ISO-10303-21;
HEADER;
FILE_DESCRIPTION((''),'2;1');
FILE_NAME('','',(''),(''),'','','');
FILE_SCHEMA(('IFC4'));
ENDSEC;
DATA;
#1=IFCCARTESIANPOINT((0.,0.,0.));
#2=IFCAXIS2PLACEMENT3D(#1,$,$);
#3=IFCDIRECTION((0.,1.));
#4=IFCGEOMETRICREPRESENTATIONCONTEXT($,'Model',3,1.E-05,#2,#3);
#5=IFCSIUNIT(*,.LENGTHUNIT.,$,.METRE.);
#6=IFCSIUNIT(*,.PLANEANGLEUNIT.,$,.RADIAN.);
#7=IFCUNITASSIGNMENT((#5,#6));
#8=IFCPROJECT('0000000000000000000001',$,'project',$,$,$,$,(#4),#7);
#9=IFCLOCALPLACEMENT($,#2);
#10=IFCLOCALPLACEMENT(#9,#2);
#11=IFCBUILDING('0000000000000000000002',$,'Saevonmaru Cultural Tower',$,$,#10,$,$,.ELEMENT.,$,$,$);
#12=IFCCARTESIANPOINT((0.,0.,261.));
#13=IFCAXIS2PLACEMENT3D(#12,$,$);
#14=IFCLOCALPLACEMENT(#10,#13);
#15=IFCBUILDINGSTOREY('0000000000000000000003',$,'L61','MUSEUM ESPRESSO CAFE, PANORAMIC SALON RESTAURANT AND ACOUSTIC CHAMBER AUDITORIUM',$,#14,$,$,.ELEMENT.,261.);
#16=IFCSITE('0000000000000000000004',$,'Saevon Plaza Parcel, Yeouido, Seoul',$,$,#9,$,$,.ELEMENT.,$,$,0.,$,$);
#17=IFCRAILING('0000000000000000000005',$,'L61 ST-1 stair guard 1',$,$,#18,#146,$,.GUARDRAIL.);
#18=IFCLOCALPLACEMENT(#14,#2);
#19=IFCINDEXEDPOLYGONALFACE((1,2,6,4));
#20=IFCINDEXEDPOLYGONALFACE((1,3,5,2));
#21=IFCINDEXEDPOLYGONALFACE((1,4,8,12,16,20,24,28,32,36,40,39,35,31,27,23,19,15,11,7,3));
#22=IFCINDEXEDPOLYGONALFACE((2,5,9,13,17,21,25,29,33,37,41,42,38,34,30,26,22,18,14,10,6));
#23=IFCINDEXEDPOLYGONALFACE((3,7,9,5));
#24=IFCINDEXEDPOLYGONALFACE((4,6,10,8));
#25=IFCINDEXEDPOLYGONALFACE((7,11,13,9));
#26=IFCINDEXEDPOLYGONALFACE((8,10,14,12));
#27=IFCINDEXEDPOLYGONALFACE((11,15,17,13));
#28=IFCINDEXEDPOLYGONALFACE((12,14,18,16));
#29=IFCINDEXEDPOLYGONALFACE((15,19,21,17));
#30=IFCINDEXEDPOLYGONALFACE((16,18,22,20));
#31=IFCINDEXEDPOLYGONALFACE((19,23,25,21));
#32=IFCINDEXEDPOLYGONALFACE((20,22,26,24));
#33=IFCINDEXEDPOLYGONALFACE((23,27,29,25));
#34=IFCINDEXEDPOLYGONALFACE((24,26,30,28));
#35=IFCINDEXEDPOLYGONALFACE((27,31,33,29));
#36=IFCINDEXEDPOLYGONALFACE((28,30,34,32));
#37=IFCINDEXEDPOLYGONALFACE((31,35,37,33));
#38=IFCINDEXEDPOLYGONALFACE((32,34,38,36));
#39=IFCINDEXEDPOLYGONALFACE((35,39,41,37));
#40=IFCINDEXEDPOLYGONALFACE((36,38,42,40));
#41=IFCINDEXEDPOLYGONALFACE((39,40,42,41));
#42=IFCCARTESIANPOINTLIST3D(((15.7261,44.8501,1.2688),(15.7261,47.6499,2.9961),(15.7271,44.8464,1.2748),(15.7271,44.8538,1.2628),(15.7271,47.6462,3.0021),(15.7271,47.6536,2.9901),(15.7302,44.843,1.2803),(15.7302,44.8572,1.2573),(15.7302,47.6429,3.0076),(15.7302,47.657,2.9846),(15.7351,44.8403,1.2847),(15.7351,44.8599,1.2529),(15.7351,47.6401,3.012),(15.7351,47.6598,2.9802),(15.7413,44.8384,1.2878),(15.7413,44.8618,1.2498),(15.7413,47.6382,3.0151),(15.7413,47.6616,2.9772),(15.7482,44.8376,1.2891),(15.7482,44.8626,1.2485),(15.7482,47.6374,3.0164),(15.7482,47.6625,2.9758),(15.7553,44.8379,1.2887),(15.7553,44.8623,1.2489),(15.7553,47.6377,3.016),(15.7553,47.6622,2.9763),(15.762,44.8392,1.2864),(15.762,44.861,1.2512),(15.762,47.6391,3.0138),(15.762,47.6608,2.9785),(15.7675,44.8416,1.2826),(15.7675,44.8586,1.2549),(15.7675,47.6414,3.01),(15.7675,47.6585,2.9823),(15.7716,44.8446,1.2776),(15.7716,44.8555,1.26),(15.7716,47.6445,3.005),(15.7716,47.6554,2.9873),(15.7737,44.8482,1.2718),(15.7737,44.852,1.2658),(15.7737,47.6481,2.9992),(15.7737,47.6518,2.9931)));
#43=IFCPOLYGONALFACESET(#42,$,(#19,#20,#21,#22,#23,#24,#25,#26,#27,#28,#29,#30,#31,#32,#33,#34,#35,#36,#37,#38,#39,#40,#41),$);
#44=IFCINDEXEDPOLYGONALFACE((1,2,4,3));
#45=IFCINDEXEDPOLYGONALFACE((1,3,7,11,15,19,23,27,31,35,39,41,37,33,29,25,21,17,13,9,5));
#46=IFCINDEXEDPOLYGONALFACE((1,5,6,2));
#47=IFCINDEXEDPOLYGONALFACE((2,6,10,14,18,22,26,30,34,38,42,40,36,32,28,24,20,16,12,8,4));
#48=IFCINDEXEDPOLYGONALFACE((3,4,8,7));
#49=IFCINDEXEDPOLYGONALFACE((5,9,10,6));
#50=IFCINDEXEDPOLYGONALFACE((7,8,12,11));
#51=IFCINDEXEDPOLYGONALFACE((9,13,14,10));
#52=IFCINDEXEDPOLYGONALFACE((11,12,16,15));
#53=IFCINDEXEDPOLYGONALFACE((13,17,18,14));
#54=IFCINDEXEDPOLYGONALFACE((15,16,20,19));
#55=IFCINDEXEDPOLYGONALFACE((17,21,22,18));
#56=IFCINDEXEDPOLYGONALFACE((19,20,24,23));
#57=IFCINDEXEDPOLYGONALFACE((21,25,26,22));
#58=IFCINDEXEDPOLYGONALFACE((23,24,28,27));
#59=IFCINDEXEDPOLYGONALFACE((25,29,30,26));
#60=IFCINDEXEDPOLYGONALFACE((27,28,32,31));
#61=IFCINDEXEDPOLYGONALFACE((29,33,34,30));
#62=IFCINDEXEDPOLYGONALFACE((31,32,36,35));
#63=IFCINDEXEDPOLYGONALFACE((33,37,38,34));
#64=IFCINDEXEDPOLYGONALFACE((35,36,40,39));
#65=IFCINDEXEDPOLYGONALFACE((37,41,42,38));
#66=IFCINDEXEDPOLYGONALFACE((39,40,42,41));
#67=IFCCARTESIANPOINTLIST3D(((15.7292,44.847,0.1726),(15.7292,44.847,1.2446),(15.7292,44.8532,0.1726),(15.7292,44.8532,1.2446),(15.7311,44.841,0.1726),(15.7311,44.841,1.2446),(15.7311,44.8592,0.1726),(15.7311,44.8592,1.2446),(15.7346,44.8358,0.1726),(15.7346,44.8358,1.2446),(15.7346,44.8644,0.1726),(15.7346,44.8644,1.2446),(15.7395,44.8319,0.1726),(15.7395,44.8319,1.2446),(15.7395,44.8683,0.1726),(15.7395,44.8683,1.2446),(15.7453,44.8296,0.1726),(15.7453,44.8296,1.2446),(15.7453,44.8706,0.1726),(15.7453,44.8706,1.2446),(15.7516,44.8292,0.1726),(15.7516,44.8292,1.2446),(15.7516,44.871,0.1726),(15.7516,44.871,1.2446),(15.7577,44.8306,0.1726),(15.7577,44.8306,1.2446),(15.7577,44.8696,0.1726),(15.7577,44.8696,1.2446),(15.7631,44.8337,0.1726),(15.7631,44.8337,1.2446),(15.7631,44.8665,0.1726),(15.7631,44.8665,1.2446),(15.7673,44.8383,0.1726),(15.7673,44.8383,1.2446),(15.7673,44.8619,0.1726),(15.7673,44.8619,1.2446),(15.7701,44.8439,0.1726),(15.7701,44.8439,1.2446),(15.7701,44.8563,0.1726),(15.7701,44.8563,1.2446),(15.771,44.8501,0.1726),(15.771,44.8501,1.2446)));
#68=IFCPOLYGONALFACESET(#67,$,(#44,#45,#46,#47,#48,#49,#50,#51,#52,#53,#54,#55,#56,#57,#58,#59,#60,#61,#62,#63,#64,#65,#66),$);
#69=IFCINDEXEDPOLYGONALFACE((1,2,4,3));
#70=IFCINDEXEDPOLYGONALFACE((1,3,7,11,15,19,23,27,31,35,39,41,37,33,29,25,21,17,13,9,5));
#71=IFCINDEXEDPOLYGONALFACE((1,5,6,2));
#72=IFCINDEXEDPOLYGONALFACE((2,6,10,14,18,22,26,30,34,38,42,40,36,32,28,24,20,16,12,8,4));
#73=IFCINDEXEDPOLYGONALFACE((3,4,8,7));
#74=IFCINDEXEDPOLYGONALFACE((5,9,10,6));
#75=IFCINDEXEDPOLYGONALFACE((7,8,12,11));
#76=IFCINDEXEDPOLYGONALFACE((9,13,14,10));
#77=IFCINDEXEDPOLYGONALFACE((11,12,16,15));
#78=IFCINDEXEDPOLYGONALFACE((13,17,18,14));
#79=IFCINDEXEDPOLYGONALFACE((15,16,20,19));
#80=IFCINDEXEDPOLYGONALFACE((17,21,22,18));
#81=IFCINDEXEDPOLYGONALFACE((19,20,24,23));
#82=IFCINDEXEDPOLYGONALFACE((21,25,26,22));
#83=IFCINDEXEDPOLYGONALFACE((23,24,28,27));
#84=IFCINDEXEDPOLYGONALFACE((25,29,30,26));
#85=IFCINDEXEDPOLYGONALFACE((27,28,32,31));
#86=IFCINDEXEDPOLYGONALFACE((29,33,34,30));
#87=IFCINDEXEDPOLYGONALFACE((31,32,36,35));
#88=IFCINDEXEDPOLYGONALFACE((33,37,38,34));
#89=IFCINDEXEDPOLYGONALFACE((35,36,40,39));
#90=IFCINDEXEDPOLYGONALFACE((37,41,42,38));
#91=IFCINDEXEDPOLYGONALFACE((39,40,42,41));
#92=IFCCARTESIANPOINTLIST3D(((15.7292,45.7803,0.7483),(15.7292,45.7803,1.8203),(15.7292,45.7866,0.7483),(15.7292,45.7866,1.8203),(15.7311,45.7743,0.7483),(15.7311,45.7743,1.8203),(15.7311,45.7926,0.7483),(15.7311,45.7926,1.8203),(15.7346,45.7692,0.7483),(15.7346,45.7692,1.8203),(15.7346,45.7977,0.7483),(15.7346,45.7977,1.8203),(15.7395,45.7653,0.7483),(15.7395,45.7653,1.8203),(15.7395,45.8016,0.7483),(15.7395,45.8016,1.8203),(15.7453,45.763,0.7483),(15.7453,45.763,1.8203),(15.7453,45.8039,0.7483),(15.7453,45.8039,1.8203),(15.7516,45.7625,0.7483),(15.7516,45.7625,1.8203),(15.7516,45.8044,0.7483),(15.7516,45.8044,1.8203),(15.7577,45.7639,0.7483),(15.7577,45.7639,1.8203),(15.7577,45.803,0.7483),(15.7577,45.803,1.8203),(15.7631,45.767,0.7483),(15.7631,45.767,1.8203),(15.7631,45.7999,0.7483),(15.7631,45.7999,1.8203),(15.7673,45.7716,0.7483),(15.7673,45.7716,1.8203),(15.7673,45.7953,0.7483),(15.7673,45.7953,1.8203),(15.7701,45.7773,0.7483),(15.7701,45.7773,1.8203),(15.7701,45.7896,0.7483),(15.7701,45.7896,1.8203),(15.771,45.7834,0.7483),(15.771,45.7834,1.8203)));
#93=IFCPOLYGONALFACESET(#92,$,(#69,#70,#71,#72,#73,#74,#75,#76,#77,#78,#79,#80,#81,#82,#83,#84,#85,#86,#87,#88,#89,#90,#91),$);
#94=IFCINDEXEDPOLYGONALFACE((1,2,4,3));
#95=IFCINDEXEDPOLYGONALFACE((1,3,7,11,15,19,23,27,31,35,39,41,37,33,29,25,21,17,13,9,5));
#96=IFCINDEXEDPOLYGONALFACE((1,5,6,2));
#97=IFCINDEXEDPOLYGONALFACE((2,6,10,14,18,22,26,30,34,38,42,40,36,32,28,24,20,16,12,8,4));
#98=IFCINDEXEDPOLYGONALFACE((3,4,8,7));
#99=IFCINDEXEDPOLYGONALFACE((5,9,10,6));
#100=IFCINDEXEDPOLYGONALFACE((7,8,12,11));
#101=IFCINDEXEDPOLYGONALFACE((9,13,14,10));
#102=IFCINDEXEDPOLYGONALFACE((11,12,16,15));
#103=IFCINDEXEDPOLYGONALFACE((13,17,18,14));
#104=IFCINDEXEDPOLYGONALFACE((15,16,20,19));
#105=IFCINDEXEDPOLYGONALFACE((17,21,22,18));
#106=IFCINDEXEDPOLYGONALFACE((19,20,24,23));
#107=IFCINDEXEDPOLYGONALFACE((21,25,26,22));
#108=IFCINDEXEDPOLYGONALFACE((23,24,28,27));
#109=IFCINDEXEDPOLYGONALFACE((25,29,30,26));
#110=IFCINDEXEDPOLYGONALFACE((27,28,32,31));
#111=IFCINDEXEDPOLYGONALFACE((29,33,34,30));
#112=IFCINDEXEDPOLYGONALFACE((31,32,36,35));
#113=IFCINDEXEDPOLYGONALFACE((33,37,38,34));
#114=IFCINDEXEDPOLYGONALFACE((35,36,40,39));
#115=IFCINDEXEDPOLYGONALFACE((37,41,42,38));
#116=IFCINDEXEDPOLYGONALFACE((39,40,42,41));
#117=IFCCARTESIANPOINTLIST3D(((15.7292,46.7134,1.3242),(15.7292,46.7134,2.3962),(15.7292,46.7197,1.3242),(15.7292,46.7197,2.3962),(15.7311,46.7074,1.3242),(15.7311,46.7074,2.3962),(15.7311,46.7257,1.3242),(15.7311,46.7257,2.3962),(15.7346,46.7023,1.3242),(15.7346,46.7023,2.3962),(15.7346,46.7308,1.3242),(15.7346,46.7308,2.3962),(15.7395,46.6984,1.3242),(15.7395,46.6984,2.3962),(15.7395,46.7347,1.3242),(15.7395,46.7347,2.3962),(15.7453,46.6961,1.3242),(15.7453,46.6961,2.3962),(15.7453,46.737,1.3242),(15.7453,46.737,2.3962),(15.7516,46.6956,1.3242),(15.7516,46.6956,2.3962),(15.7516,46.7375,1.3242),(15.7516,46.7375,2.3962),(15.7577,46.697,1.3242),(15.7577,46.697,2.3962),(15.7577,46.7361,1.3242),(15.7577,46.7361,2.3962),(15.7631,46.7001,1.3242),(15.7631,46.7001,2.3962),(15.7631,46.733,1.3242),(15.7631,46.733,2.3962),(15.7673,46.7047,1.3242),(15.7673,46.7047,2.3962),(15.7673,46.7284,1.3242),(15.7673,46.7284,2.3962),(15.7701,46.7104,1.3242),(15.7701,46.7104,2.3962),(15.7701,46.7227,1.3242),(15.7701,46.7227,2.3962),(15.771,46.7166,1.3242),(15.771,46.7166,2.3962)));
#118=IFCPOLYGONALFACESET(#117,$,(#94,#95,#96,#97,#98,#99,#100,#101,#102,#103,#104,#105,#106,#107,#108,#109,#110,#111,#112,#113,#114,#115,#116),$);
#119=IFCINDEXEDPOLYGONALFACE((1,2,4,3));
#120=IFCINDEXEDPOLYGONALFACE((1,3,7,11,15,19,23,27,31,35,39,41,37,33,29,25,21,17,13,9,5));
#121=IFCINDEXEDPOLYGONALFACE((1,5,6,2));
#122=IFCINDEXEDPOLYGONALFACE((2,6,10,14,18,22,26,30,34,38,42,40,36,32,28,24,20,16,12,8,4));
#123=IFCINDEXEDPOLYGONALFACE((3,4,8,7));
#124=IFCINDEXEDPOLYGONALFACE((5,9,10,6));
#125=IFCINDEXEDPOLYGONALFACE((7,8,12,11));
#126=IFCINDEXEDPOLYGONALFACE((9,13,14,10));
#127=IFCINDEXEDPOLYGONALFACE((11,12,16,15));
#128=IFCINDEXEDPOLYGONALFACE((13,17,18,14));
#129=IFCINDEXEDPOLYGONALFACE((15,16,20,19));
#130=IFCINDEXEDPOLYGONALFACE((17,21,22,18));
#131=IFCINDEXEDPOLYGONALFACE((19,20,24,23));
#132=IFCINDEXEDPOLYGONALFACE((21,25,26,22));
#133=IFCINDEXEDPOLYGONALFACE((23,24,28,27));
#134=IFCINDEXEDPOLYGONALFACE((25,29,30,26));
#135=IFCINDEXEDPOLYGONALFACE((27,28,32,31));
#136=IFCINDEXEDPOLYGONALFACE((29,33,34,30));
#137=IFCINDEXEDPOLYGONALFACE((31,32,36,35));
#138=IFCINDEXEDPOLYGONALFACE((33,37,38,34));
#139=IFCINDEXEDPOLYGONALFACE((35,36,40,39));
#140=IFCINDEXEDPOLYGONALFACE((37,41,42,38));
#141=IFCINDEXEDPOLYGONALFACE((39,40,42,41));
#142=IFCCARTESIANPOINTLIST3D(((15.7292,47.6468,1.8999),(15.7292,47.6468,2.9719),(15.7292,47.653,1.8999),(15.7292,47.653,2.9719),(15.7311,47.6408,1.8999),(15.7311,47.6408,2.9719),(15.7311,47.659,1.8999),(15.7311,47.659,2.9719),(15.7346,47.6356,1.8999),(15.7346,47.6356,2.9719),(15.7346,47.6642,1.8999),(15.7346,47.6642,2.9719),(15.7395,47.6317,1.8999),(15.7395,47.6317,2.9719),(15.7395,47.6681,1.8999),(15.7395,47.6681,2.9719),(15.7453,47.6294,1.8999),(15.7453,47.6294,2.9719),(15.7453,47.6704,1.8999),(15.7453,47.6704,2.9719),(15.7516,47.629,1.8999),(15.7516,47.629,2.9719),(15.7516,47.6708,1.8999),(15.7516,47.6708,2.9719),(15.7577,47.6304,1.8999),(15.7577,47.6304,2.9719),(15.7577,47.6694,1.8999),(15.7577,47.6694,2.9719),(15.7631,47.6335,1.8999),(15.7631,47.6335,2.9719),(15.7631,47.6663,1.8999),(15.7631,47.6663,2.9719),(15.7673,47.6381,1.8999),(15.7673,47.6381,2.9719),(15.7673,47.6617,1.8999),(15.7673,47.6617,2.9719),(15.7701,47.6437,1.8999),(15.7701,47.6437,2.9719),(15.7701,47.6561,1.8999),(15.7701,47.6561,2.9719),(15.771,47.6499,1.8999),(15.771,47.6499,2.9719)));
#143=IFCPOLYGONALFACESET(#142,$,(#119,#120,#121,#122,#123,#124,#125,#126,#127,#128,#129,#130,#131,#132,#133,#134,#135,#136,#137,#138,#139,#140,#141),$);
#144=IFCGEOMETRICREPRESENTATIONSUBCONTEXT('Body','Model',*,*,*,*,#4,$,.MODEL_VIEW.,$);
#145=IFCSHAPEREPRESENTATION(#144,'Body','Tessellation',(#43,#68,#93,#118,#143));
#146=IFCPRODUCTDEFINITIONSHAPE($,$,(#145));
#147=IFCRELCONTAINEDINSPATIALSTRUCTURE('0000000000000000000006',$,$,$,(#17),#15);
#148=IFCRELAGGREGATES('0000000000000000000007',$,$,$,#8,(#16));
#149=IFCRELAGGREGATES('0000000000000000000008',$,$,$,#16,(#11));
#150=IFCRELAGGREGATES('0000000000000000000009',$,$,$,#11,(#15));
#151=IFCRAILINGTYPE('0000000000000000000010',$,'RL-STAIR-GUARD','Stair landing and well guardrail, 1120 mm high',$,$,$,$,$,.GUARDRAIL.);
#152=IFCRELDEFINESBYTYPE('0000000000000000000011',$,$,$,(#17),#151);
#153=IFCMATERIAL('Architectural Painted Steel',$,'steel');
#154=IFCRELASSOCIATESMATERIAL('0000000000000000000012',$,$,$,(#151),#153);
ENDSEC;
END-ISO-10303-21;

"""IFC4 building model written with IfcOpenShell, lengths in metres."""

from ifc_helpers import new_model, si_unit, direction, frame, origin, origin_2d, place, context, subcontext, project, spatial, circle, extrude, material, type_object, element, save


model = new_model("IFC4")

# Units and contexts
model_context = context("Model", 3, precision=1e-05, world=origin(), true_north=direction((0.0, 1.0)))
body_context = subcontext(model_context, "Body", "Model", "MODEL_VIEW")
ifc_project = project(units=[si_unit("LENGTHUNIT", "METRE"), si_unit("PLANEANGLEUNIT", "RADIAN")], contexts=[model_context])

# Site, building, storey
site_placement = place(None, origin())
site = spatial("IfcSite", under=ifc_project, at=site_placement, Name="Saevon Plaza Parcel, Yeouido, Seoul", CompositionType="ELEMENT", RefElevation=0.0)
building_placement = place(site_placement, origin())
building = spatial("IfcBuilding", under=site, at=building_placement, Name="Saevonmaru Cultural Tower", CompositionType="ELEMENT")
storey_placement = place(building_placement, frame((0.0, 0.0, 261.0)))
storey = spatial("IfcBuildingStorey", under=building, at=storey_placement, Name="L61", Description="MUSEUM ESPRESSO CAFE, PANORAMIC SALON RESTAURANT AND ACOUSTIC CHAMBER AUDITORIUM", CompositionType="ELEMENT", Elevation=261.0)

# Railing
ifc_material_1 = material(Name="Architectural Painted Steel", Category="steel")
railing_type_1 = type_object("IfcRailingType", Name="RL-STAIR-GUARD", Description="Stair landing and well guardrail, 1120 mm high", PredefinedType="GUARDRAIL", material=ifc_material_1)
railing_1_placement = place(storey_placement, frame((15.75, 44.8501, 0.1726)))
element("IfcRailing", 1, at=railing_1_placement, inside=storey, type_object=railing_type_1, Name="L61 ST-1 stair guard 1", PredefinedType="GUARDRAIL", context=body_context, shape_type="SweptSolid", body=[
    extrude(circle(Radius=0.0239, at=origin_2d()), frame((0.0, 0.0, 1.0962), z_axis=(0.0, 0.851069, 0.525054), x_axis=(-1.0, 0.0, 0.0)), (0.0, 0.0, 1.0), 3.2898),
    extrude(circle(Radius=0.021, at=origin_2d()), origin(), (0.0, 0.0, 1.0), 1.072),
    extrude(circle(Radius=0.021, at=origin_2d()), frame((0.0, 0.9333, 0.5757)), (0.0, 0.0, 1.0), 1.072),
    extrude(circle(Radius=0.021, at=origin_2d()), frame((0.0, 1.8665, 1.1516)), (0.0, 0.0, 1.0), 1.072),
    extrude(circle(Radius=0.021, at=origin_2d()), frame((0.0, 2.7998, 1.7273)), (0.0, 0.0, 1.0), 1.072),
])

save(model, "model.ifc")
